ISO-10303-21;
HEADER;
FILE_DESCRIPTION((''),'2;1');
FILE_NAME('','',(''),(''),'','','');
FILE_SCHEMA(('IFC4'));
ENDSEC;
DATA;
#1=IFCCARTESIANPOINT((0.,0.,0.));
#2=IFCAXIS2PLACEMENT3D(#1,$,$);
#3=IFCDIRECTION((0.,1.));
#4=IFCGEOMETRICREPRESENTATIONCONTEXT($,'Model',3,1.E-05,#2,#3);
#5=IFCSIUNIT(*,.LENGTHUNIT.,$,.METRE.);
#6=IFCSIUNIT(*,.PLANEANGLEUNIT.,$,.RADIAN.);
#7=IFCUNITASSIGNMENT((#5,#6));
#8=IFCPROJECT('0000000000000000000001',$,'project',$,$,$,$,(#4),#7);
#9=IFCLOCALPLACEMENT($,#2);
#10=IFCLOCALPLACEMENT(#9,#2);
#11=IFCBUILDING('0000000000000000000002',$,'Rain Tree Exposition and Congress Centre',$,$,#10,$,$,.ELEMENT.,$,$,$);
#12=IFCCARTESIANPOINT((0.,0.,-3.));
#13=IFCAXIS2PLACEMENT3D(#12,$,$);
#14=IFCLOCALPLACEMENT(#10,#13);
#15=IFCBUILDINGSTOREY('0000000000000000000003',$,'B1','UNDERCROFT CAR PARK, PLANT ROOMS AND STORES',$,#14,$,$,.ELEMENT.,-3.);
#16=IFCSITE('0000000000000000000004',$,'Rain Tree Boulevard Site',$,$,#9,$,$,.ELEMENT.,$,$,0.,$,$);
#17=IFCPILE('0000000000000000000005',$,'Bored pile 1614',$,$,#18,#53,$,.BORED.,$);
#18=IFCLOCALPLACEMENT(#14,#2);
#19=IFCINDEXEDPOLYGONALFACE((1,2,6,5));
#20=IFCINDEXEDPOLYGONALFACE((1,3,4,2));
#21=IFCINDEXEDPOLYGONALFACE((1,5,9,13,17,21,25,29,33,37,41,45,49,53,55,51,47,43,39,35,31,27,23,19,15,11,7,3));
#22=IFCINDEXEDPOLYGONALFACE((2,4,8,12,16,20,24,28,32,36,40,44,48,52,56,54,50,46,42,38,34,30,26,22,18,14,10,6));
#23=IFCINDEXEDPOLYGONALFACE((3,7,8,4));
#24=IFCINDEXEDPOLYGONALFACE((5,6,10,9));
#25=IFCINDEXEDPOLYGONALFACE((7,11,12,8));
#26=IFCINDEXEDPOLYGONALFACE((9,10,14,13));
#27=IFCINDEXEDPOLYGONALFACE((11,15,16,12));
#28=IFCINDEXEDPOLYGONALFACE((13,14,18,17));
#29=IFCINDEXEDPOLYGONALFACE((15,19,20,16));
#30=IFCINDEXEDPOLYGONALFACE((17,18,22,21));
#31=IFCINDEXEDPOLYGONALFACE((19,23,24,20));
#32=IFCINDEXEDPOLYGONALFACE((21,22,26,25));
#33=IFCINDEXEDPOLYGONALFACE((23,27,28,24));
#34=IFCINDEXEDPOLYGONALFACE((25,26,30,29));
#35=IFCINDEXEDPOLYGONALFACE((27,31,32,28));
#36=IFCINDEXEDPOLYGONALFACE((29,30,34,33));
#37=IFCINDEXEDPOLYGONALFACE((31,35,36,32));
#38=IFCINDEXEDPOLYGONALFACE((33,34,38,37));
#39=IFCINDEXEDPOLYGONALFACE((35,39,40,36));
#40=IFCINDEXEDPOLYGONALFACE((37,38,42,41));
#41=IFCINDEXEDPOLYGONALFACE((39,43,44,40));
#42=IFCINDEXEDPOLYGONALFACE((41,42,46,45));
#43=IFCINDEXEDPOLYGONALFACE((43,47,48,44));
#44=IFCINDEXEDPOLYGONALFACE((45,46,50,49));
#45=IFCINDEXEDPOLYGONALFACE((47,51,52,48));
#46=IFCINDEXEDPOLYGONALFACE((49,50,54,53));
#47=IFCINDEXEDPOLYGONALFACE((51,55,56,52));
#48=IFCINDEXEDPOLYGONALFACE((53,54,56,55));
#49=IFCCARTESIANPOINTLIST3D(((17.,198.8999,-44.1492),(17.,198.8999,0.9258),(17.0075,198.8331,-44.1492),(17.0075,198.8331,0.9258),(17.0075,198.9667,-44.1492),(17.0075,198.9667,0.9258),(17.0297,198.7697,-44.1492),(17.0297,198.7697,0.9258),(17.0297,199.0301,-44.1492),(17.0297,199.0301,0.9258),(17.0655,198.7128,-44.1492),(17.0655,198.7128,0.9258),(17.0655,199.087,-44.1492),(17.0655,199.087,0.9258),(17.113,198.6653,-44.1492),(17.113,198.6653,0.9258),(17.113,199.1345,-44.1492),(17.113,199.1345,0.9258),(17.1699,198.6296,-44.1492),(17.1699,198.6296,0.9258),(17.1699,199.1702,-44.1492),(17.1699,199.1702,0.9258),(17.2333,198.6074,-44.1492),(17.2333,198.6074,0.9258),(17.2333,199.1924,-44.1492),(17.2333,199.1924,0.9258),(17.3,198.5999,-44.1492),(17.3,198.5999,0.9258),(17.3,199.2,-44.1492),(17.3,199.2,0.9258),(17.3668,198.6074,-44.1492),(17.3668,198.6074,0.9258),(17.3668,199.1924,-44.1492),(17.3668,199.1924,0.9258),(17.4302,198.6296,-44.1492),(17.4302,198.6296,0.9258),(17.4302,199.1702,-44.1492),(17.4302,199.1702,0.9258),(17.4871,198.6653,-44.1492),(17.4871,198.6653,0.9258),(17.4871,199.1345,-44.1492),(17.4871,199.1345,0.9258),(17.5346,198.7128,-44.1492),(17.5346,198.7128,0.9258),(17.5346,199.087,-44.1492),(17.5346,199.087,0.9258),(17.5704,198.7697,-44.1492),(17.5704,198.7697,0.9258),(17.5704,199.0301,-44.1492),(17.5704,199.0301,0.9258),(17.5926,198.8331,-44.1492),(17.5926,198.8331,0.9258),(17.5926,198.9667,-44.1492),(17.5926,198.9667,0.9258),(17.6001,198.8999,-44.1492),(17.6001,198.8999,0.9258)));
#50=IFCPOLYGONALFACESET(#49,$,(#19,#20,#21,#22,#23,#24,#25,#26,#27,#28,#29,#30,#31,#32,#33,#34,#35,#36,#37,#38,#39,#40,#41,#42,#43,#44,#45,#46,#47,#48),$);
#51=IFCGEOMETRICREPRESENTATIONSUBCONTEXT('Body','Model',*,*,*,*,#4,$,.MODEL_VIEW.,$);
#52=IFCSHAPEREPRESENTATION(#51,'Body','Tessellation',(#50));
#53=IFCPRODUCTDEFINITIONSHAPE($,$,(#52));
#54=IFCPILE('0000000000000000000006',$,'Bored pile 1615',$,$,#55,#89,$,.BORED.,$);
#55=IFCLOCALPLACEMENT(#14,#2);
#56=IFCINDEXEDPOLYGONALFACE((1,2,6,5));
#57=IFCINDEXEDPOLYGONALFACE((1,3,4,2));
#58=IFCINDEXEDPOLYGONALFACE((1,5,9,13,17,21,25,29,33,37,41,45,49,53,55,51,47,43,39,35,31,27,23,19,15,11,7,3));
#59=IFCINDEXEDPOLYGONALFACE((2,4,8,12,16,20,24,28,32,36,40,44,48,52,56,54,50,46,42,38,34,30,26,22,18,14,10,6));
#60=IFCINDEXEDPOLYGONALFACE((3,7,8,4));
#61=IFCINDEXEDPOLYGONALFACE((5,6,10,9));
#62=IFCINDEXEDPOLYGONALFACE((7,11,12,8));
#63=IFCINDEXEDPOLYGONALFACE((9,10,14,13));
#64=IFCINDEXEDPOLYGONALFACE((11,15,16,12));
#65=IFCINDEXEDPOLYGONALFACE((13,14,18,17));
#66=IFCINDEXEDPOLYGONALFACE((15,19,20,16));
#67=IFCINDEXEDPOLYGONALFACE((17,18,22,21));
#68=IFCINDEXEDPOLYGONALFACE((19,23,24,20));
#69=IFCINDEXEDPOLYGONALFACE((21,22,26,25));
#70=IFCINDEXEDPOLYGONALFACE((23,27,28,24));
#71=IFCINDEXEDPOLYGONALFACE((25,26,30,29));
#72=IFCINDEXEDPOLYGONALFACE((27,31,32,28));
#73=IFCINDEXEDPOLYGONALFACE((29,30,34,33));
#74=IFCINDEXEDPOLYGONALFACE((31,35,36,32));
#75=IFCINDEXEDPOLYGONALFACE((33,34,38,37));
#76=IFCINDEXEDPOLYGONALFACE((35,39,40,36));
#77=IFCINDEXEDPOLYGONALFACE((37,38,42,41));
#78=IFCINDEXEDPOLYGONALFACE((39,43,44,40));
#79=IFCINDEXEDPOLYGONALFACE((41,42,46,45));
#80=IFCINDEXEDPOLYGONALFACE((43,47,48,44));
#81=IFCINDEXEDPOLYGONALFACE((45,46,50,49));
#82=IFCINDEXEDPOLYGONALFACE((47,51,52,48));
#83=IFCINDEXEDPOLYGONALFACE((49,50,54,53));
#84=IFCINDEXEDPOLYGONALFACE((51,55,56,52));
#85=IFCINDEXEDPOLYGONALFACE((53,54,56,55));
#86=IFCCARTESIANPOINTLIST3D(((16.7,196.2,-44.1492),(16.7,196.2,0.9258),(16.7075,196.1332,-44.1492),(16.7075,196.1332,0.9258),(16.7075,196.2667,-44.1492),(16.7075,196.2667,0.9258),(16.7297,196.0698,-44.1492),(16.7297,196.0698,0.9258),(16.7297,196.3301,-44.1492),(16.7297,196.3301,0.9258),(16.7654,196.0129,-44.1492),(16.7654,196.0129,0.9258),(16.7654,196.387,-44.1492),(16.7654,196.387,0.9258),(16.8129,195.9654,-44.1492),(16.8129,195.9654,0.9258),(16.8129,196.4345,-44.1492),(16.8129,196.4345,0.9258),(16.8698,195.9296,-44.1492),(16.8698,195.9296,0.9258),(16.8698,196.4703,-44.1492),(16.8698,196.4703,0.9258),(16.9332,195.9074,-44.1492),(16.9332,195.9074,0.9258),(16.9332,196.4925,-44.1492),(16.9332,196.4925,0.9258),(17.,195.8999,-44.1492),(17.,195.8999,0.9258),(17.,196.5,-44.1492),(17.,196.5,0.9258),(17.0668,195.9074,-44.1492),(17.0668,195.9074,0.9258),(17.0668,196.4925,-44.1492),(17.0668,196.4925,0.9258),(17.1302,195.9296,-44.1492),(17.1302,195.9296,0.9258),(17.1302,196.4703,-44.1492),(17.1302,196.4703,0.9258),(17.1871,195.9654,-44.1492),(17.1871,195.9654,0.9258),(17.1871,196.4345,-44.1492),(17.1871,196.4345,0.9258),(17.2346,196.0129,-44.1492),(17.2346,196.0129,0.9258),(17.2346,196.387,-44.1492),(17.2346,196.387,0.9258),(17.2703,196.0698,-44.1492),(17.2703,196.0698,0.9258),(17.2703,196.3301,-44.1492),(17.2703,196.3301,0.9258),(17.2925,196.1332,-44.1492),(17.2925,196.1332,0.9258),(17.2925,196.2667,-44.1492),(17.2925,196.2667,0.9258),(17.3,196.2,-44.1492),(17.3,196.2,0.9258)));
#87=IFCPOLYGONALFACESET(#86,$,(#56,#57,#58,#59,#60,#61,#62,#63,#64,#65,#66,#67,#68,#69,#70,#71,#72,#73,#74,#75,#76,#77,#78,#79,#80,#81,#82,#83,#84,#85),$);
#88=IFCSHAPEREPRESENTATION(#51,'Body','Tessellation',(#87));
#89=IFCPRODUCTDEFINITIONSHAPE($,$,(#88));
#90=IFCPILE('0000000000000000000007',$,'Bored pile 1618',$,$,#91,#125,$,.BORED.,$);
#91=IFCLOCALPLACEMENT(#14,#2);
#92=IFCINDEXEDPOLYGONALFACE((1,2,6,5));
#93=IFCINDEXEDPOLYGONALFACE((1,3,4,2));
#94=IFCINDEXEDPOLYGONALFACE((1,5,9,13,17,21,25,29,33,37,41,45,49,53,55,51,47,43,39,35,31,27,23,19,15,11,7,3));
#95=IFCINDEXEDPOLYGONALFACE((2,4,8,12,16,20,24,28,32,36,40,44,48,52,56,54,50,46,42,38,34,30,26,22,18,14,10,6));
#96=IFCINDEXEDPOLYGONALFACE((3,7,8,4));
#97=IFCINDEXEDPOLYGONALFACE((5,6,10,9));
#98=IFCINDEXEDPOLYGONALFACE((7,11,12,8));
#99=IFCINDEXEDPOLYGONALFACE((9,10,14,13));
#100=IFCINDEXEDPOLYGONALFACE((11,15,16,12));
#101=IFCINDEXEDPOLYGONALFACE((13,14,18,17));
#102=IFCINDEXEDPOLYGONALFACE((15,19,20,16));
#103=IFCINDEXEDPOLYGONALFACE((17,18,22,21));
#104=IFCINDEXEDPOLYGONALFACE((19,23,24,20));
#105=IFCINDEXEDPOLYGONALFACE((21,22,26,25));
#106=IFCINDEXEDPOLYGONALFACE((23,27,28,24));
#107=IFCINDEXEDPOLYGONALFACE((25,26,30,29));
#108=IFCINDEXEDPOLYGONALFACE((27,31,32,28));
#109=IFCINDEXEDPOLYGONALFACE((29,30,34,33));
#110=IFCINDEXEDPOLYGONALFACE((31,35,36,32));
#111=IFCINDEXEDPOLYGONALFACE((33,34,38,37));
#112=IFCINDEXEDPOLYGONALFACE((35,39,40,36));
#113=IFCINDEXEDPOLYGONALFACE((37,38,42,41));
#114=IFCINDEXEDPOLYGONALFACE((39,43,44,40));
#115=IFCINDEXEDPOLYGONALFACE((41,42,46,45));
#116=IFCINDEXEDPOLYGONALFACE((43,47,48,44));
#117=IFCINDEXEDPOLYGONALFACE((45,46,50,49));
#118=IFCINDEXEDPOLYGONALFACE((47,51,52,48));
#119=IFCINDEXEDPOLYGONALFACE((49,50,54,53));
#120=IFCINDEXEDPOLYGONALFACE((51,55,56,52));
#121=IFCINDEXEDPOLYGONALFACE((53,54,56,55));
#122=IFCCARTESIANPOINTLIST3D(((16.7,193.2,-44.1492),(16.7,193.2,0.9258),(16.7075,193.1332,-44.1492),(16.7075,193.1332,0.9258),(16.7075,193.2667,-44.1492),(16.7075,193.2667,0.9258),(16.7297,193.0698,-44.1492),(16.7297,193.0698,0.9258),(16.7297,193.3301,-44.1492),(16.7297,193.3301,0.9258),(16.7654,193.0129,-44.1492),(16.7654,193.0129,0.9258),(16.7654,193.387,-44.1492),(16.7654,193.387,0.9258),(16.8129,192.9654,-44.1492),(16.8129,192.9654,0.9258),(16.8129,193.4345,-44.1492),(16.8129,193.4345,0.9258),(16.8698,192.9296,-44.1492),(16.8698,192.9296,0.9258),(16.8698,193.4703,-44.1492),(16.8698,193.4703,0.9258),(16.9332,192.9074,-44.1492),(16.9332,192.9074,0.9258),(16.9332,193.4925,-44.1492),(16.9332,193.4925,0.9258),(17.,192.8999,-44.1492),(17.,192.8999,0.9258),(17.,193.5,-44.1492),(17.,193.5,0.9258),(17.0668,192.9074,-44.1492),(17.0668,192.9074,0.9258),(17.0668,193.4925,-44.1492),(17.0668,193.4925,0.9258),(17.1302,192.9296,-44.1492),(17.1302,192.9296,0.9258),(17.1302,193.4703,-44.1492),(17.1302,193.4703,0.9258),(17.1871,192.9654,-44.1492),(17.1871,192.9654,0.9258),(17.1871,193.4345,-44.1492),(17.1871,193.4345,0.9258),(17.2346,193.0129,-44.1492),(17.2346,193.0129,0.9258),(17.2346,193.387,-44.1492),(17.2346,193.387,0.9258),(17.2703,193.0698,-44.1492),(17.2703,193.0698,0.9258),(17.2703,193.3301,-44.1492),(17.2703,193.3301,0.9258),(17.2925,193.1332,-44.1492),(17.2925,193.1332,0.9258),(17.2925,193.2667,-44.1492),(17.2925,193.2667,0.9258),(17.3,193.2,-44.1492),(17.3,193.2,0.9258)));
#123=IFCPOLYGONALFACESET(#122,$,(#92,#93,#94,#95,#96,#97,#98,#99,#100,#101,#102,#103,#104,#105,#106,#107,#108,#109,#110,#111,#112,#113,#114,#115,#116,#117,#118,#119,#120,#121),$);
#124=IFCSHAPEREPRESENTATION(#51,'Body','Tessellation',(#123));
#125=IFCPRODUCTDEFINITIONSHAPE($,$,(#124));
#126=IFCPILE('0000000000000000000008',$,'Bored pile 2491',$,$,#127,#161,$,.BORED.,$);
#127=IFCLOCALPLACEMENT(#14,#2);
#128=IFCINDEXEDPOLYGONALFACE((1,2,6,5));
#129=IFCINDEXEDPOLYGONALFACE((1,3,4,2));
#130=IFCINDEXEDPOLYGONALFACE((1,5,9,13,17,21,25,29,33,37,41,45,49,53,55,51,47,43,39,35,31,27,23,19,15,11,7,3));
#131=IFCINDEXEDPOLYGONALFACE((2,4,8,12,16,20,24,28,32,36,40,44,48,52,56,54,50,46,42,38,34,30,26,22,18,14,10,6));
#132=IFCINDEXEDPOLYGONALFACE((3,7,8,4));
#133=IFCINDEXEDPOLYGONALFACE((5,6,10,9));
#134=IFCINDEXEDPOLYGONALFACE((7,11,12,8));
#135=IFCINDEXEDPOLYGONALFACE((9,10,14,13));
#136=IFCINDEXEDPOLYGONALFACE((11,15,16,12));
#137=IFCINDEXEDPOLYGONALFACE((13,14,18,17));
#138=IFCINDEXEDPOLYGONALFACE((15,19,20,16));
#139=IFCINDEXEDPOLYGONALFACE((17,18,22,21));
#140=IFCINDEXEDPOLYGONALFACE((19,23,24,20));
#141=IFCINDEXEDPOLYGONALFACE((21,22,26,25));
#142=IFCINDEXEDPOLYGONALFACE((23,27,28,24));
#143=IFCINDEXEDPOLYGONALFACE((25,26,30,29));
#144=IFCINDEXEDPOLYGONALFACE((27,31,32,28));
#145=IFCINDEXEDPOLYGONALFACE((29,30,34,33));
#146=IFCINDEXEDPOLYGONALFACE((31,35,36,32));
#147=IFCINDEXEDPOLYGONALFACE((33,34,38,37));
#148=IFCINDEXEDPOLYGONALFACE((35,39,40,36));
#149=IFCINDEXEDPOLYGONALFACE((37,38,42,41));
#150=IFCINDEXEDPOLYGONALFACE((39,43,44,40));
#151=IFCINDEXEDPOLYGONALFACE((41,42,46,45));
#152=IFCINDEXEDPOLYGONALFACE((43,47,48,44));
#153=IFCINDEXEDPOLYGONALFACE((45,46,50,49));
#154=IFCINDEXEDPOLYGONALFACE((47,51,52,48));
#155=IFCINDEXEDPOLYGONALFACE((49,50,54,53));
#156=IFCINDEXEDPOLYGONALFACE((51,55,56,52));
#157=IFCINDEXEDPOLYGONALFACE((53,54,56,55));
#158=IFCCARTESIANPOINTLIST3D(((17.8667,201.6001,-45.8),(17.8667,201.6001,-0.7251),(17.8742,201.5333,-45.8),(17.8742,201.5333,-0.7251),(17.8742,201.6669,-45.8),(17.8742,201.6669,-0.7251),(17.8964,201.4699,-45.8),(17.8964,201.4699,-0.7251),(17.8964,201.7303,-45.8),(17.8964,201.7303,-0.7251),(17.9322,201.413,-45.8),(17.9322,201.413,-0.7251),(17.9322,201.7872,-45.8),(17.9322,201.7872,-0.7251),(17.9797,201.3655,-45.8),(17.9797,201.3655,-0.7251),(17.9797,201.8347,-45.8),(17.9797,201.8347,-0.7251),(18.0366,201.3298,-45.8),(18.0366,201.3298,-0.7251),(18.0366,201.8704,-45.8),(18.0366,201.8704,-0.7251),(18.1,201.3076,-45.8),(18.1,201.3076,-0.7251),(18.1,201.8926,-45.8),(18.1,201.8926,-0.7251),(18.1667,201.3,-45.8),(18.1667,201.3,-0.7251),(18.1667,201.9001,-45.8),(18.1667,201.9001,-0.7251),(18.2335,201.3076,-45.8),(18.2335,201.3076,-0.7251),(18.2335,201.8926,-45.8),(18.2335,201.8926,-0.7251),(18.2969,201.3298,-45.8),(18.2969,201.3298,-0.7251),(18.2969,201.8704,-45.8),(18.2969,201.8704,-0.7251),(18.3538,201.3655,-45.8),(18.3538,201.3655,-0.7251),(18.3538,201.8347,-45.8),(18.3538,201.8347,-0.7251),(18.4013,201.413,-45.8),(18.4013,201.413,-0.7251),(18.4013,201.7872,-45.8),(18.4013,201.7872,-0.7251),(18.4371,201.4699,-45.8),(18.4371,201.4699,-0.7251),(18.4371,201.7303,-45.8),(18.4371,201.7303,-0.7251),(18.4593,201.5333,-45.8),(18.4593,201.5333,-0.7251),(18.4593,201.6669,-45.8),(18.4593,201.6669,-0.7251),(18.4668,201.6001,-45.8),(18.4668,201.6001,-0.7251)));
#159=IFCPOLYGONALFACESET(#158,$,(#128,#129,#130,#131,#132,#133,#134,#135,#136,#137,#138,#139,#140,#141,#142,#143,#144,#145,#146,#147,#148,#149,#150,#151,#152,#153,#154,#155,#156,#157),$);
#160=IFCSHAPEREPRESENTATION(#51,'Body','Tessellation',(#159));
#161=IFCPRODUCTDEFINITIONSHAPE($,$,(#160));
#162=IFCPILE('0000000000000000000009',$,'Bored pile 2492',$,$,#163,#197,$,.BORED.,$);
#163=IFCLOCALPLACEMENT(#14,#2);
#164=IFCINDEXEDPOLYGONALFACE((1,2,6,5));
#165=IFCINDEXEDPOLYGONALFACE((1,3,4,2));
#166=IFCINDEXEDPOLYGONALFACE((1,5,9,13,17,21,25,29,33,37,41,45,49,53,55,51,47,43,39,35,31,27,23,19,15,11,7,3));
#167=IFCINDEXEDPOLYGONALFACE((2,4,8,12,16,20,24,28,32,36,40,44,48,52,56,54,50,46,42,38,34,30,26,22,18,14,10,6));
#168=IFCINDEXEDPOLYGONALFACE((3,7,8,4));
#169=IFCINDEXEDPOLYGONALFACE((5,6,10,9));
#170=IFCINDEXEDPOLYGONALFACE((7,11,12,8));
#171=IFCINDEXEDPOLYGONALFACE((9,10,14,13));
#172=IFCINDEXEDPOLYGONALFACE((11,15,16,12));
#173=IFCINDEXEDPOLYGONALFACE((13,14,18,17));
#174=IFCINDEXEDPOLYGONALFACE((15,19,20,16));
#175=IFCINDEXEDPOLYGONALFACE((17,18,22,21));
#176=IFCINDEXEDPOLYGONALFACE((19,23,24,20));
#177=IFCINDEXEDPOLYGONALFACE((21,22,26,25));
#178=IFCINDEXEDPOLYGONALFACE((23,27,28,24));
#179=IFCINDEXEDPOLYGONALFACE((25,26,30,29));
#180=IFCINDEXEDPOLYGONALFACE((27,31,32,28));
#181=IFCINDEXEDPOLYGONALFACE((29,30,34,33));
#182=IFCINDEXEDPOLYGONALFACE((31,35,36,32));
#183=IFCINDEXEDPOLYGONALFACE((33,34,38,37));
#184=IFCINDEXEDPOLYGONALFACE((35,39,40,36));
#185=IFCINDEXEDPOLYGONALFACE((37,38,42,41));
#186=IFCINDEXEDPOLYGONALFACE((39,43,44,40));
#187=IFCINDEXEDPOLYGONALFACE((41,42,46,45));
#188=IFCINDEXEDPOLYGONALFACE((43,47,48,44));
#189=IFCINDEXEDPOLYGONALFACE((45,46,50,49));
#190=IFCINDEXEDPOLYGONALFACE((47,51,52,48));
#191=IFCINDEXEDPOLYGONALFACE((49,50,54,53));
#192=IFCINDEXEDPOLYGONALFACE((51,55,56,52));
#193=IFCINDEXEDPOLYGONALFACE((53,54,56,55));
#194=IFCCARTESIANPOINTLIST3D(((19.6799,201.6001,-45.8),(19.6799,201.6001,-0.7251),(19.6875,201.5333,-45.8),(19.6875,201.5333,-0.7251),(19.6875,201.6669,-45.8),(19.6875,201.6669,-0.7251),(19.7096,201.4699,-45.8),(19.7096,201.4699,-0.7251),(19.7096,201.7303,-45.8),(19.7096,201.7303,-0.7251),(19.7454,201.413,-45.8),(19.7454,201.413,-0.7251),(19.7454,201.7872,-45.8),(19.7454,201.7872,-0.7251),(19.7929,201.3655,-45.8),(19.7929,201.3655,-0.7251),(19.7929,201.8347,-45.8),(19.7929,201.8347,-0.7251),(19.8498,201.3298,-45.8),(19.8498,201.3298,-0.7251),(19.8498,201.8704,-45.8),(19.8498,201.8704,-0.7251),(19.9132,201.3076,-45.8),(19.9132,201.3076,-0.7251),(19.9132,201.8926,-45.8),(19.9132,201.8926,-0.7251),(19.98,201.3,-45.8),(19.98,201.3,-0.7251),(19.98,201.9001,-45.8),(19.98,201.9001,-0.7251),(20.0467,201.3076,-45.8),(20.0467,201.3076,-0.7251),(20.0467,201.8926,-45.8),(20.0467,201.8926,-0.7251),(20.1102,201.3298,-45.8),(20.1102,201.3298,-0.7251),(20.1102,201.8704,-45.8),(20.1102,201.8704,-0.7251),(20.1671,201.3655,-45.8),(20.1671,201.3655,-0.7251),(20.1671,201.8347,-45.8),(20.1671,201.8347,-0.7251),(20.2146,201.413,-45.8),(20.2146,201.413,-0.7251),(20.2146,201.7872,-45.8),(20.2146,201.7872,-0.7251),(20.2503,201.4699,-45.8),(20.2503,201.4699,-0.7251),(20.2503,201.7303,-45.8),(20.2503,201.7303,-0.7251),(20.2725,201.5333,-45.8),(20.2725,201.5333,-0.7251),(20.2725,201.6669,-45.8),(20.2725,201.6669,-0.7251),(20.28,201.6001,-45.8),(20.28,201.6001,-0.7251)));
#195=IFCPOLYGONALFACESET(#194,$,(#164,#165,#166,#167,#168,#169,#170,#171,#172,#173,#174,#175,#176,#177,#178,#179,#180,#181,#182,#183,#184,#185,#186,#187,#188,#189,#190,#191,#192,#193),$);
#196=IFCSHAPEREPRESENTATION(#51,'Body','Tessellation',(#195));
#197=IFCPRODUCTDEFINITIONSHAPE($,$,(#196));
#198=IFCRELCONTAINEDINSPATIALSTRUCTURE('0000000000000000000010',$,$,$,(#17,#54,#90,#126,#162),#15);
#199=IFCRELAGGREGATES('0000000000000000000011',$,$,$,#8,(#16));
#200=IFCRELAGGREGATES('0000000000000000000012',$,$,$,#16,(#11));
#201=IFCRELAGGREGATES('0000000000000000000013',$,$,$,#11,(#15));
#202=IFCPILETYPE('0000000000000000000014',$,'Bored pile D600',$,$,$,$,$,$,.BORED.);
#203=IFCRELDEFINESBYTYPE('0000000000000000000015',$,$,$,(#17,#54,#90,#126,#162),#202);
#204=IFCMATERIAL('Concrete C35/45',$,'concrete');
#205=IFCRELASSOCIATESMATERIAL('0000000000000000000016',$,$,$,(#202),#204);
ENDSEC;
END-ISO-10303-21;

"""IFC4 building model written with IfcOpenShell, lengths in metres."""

from ifc_helpers import new_model, si_unit, direction, frame, origin, origin_2d, place, context, subcontext, project, spatial, circle, extrude, material, material_profile, profile_set, type_object, element, save


model = new_model("IFC4")

# Units and contexts
model_context = context("Model", 3, precision=1e-05, world=origin(), true_north=direction((0.0, 1.0)))
body_context = subcontext(model_context, "Body", "Model", "MODEL_VIEW")
ifc_project = project(units=[si_unit("LENGTHUNIT", "METRE"), si_unit("PLANEANGLEUNIT", "RADIAN")], contexts=[model_context])

# Site, building, storey
site_placement = place(None, origin())
site = spatial("IfcSite", under=ifc_project, at=site_placement, Name="Rain Tree Boulevard Site", CompositionType="ELEMENT", RefElevation=0.0)
building_placement = place(site_placement, origin())
building = spatial("IfcBuilding", under=site, at=building_placement, Name="Rain Tree Exposition and Congress Centre", CompositionType="ELEMENT")
storey_placement = place(building_placement, frame((0.0, 0.0, -3.0)))
storey = spatial("IfcBuildingStorey", under=building, at=storey_placement, Name="B1", Description="UNDERCROFT CAR PARK, PLANT ROOMS AND STORES", CompositionType="ELEMENT", Elevation=-3.0)

# Piles
ifc_material_1 = material(Name="Concrete C35/45", Category="concrete")
ifc_material_profile_1 = material_profile(ifc_material_1, circle(Radius=0.3, at=origin_2d()), Name="D600")
ifc_profile_set_1 = profile_set([ifc_material_profile_1], Name="Concrete C35/45")
pile_type_1 = type_object("IfcPileType", Name="Bored pile D600", PredefinedType="BORED", material=ifc_profile_set_1)
for number, where, z_axis, x_axis, name in (
    (1, (17.3, 198.8999, 0.9258), (0.0, 0.0, -1.0), (1.0, 0.0, 0.0), "Bored pile 1614"),
    (2, (17.0, 196.2, 0.9258), (0.0, 0.0, -1.0), (1.0, 0.0, 0.0), "Bored pile 1615"),
    (3, (17.0, 193.2, 0.9258), (0.0, 0.0, -1.0), (1.0, 0.0, 0.0), "Bored pile 1618"),
    (4, (18.1667, 201.6001, -0.7251), (0.0, 0.0, -1.0), (1.0, 0.0, 0.0), "Bored pile 2491"),
    (5, (19.98, 201.6001, -0.7251), (0.0, 0.0, -1.0), (1.0, 0.0, 0.0), "Bored pile 2492"),
):
    element("IfcPile", number, at=place(storey_placement, frame(where, z_axis=z_axis, x_axis=x_axis)), inside=storey, type_object=pile_type_1, Name=name, PredefinedType="BORED", context=body_context, shape_type="SweptSolid", body=[
        extrude(circle(Radius=0.3, at=origin_2d()), origin(), (0.0, 0.0, 1.0), 45.075),
    ])

save(model, "model.ifc")
